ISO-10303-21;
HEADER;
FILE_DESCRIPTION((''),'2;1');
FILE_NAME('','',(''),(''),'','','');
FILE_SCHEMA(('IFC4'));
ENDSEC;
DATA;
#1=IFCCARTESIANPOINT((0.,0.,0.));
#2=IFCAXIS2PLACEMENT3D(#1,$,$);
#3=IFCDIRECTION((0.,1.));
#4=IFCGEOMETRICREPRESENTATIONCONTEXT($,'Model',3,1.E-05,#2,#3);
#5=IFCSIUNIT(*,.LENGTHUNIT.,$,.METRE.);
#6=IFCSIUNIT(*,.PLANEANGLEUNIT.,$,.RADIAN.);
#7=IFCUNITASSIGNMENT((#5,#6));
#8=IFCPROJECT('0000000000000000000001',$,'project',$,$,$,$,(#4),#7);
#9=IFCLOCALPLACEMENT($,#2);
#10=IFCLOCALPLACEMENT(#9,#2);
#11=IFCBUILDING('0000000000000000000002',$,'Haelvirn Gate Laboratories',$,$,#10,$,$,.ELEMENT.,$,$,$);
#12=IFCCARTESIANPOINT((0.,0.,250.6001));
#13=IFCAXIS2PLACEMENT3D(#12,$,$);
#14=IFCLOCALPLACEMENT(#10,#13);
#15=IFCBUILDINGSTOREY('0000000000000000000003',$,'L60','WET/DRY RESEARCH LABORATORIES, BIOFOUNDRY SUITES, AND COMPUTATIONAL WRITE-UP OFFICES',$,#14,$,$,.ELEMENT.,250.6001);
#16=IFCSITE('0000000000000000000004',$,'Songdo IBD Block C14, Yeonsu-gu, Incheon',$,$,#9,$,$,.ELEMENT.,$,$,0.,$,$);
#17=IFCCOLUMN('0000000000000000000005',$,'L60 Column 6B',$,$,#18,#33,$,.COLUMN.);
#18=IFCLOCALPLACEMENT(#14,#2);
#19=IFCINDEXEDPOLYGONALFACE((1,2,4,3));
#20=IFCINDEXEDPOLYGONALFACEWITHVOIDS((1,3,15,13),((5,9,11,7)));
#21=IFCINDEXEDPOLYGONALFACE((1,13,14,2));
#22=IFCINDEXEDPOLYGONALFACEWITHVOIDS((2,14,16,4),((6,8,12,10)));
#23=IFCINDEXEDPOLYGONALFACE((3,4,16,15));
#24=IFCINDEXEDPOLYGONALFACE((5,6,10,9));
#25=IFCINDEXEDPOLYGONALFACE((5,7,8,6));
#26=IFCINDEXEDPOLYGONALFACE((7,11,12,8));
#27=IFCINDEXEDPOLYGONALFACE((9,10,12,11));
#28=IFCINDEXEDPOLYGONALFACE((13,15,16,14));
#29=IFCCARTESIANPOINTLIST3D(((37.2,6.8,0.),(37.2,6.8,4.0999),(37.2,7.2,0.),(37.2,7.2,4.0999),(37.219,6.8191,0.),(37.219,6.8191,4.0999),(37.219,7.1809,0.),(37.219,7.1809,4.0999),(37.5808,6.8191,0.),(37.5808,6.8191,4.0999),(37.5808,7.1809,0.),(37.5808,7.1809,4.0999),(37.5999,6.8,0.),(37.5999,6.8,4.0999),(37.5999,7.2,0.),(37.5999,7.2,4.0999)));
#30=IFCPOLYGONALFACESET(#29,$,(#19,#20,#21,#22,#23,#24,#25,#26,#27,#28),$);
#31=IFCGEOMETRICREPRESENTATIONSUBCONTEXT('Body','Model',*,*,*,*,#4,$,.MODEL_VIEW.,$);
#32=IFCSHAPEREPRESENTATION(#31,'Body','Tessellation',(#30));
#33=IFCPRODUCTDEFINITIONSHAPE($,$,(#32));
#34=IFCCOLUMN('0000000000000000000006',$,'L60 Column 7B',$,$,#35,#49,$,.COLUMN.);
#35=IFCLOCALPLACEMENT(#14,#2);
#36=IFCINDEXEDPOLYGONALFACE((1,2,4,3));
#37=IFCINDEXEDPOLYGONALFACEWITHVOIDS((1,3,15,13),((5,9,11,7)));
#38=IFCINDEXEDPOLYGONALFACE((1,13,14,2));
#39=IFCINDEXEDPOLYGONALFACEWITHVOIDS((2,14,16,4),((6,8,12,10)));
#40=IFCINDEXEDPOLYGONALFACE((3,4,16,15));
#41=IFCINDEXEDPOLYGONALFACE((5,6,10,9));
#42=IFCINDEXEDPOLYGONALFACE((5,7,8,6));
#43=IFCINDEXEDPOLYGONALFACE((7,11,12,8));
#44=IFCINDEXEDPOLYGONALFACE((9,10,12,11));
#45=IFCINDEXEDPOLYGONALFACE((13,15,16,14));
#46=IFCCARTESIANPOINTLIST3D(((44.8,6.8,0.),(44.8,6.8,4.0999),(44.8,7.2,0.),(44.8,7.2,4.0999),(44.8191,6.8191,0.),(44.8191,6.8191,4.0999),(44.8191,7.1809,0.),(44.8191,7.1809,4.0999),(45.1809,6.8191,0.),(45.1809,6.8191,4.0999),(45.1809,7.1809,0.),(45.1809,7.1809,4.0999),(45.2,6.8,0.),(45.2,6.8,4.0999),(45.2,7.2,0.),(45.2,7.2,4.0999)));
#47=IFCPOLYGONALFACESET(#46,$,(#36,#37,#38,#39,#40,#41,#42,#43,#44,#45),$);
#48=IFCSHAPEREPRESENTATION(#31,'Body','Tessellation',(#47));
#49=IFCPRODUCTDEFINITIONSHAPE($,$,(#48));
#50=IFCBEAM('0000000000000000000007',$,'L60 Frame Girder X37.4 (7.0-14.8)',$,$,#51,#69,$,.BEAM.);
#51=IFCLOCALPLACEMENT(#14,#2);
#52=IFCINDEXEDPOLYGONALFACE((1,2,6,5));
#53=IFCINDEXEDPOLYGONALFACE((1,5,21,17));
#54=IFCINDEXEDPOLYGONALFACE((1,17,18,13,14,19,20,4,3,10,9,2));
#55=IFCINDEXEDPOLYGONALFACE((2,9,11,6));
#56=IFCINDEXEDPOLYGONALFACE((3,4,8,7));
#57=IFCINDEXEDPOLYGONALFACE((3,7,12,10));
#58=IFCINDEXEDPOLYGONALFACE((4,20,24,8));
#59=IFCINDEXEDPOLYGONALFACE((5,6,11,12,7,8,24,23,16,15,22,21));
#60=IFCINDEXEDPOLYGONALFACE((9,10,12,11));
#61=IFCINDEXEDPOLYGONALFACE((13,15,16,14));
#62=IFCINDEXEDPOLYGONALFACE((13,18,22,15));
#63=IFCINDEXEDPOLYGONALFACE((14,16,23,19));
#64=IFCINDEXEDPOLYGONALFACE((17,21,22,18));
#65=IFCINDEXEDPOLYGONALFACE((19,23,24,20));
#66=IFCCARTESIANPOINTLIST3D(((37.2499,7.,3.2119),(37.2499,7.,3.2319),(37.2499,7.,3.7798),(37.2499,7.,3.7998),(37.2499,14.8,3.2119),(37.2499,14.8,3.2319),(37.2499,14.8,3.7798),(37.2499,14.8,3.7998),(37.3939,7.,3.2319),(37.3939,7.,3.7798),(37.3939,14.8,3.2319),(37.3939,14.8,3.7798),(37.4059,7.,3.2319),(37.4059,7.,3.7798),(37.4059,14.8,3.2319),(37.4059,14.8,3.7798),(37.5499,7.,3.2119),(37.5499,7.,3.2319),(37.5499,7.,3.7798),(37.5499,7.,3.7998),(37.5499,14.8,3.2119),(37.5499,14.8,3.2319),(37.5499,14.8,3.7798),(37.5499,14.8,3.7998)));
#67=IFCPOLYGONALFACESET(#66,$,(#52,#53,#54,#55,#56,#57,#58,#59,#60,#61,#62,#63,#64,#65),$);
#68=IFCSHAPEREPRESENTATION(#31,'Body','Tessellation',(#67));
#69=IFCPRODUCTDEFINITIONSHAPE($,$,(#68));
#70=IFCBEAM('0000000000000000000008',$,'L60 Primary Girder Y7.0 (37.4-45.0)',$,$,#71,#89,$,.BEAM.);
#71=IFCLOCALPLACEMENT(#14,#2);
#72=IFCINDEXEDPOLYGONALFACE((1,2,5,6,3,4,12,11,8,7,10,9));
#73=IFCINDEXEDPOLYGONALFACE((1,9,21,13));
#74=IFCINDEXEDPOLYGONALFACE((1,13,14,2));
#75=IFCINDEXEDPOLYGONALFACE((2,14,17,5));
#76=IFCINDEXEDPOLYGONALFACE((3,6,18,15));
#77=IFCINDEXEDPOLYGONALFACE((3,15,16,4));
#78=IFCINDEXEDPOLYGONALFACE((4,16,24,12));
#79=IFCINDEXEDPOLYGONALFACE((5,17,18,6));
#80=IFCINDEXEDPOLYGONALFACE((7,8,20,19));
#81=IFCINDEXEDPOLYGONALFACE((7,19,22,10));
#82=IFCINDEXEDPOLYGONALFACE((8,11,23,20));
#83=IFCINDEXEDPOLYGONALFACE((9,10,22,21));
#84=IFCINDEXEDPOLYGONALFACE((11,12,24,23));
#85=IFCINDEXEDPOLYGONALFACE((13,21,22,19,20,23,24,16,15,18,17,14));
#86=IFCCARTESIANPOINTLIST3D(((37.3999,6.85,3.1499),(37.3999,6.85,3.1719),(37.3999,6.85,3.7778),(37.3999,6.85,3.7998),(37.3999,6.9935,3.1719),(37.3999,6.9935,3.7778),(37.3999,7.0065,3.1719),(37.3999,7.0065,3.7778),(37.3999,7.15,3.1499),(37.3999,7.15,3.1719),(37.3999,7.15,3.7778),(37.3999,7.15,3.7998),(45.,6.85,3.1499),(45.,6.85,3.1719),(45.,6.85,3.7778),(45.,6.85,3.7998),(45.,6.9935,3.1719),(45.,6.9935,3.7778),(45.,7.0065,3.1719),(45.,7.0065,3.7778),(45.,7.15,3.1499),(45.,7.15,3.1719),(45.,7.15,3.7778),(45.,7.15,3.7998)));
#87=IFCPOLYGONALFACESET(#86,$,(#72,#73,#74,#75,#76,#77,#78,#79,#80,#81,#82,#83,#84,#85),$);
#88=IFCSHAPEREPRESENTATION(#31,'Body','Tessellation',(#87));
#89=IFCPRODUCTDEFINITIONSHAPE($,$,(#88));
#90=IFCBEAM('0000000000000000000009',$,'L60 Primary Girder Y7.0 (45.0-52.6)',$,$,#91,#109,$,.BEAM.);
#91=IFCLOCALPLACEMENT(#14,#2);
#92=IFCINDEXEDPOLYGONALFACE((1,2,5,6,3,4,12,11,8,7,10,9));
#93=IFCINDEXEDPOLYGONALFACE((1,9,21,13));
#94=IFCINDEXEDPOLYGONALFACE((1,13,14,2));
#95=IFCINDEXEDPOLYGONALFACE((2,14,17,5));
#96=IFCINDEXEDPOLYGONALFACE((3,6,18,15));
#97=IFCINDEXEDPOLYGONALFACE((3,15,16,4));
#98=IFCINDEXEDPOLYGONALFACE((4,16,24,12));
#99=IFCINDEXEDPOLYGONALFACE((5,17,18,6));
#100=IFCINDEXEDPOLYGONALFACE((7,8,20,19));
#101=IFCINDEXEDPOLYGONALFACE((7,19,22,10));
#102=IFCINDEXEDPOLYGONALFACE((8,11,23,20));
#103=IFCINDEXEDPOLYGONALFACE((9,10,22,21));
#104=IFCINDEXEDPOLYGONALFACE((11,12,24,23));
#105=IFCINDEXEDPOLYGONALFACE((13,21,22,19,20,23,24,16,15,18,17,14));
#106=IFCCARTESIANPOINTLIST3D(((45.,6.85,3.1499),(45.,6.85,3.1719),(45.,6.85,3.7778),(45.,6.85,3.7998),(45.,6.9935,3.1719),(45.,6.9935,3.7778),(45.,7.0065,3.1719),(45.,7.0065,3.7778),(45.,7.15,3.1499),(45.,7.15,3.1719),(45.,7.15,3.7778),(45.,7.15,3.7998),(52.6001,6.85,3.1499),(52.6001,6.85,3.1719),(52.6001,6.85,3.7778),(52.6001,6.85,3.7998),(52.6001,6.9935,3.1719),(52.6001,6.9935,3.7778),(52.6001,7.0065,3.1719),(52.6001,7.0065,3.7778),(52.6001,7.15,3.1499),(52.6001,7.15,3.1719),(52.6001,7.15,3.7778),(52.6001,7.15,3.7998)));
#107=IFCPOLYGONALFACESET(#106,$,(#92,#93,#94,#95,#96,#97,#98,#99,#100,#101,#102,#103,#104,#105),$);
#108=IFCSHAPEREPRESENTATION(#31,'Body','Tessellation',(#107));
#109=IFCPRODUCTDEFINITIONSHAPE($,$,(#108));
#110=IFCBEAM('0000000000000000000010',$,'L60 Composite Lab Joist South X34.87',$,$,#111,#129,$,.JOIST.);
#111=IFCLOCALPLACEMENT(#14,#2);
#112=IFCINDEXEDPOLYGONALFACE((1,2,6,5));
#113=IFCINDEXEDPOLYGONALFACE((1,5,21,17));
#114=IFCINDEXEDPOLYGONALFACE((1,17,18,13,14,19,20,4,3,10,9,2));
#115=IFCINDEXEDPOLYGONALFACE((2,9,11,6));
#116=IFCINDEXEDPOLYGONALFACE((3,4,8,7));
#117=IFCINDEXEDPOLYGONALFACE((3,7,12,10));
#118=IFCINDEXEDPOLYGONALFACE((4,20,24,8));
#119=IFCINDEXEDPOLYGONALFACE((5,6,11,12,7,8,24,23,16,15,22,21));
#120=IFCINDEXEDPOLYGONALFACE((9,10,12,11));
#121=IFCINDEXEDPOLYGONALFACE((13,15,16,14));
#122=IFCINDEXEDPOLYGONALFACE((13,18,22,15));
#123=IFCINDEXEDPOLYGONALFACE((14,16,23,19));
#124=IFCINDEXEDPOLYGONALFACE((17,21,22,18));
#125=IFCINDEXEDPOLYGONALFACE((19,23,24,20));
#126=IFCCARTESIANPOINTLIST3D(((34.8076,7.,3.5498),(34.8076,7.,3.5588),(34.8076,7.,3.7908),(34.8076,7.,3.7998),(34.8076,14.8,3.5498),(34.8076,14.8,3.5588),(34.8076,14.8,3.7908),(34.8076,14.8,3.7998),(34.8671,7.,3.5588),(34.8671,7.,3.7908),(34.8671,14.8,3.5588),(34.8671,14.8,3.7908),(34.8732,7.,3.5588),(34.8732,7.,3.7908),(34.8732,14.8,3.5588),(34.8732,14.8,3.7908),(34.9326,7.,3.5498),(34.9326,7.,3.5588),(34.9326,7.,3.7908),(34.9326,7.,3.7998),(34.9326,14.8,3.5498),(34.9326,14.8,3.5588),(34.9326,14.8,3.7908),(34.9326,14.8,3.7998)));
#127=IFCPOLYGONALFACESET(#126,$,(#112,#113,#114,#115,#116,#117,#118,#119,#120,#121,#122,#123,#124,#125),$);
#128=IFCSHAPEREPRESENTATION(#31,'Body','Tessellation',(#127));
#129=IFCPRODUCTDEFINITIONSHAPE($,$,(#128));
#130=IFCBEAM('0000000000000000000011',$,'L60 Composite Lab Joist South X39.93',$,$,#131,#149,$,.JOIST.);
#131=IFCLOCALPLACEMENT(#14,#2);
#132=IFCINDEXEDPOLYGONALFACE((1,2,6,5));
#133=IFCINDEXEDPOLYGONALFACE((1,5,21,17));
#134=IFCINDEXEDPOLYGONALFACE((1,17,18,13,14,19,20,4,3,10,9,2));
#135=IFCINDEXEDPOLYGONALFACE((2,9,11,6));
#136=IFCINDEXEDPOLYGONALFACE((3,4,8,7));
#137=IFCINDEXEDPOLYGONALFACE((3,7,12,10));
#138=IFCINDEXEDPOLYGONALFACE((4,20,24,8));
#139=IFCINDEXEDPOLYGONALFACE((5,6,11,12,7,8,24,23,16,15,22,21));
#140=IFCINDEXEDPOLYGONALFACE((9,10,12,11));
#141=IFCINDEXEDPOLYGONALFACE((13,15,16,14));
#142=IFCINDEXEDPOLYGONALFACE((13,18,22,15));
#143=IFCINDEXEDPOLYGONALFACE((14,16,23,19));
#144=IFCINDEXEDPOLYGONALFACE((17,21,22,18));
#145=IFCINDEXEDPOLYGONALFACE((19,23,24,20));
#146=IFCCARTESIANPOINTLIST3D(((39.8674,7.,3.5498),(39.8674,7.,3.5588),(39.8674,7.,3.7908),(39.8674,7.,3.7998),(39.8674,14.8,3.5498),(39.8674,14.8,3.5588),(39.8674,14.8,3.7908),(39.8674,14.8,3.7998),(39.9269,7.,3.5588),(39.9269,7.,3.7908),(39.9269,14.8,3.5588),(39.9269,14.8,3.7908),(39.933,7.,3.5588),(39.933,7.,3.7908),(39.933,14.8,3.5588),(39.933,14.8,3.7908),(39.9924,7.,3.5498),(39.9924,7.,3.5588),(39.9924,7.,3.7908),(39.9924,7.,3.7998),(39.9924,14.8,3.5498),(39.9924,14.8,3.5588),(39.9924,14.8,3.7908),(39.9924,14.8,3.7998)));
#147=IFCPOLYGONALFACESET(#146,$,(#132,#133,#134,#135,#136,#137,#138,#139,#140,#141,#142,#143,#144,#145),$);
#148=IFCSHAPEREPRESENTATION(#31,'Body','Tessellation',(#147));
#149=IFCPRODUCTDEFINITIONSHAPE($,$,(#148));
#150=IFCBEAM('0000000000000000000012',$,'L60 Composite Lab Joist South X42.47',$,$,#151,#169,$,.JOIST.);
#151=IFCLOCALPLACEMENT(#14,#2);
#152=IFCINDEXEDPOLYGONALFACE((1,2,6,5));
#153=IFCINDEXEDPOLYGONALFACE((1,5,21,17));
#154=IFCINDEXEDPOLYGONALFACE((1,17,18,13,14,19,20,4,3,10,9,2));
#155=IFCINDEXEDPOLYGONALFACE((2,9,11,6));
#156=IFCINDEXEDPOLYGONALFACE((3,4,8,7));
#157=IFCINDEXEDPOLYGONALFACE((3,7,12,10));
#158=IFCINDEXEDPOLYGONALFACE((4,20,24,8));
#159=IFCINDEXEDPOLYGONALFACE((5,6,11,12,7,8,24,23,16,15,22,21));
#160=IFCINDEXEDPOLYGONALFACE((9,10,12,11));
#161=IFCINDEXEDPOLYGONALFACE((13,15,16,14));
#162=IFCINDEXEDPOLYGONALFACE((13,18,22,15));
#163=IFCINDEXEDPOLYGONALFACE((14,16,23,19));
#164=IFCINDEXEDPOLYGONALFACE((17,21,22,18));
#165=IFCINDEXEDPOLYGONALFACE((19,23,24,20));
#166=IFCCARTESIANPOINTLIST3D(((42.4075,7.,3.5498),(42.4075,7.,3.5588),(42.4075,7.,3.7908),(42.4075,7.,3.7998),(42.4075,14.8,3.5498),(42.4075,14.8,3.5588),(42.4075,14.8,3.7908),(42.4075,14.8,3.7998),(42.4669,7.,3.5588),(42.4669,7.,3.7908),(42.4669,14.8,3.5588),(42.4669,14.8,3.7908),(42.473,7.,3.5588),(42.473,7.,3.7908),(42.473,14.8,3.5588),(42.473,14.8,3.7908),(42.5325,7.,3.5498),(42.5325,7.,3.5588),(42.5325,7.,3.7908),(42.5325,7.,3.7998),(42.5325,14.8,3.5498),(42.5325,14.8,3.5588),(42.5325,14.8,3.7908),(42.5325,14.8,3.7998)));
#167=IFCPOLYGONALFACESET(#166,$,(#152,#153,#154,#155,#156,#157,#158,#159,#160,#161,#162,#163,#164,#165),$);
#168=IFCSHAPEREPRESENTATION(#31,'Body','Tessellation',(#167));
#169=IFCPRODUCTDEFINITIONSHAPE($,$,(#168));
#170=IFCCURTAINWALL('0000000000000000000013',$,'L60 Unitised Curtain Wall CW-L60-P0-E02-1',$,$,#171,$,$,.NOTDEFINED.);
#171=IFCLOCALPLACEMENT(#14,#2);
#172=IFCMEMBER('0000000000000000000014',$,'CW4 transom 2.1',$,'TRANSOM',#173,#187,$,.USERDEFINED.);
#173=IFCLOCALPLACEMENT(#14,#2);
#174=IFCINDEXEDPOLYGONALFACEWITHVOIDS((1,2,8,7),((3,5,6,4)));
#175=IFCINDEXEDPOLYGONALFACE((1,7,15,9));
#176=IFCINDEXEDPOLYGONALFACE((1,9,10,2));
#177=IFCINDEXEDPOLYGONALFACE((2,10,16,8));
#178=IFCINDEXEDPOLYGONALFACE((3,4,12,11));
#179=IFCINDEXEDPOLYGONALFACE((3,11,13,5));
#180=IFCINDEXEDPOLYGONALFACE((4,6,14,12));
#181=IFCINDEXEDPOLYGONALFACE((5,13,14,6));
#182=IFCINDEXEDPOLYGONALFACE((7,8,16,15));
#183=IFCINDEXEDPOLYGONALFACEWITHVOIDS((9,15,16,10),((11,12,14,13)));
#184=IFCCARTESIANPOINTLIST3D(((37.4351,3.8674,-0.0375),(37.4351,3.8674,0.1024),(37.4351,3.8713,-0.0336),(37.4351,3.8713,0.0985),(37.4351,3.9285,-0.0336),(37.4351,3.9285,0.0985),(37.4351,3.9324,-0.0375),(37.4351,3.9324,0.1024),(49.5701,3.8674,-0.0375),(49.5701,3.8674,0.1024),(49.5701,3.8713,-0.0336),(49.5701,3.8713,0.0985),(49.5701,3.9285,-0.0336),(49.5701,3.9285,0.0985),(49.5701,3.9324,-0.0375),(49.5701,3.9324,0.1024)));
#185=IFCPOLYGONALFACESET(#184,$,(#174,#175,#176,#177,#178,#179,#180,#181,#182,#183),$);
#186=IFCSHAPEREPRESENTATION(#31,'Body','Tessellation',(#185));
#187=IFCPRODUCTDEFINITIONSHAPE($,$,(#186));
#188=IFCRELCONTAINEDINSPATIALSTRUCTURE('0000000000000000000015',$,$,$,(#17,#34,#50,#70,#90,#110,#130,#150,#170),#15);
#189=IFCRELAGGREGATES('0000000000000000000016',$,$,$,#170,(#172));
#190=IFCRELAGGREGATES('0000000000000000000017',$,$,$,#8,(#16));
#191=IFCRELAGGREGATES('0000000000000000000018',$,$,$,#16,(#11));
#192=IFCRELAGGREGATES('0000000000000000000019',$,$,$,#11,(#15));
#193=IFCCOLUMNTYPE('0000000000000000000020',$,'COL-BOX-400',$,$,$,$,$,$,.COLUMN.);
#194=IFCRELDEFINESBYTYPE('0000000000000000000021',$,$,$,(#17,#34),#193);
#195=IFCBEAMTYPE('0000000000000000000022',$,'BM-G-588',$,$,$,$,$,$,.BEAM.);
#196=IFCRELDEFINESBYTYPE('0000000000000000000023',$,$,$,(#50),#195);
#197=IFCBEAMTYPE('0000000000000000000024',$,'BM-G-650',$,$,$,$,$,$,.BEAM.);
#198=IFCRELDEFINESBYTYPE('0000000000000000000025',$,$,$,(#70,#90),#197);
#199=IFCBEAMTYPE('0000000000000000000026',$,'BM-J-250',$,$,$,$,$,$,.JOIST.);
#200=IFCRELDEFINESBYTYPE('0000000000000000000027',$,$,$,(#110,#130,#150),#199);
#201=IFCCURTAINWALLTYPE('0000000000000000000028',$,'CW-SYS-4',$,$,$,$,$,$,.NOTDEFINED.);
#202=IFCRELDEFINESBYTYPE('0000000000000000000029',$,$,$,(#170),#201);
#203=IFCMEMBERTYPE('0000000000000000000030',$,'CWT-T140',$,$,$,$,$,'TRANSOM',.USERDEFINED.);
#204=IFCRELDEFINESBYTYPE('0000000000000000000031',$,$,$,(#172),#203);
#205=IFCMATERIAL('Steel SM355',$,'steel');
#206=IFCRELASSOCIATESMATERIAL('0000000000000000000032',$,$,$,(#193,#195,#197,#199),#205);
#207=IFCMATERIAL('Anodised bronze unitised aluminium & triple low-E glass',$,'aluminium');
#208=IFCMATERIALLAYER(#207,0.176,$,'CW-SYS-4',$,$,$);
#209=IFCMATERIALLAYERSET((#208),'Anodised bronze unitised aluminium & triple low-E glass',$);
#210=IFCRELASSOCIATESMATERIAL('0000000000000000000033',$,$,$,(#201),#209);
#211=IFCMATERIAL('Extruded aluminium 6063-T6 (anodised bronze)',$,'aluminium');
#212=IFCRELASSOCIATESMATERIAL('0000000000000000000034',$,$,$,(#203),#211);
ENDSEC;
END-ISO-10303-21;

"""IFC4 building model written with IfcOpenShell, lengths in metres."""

from ifc_helpers import new_model, si_unit, direction, frame, origin, origin_2d, place, context, subcontext, project, spatial, hollow_rectangle, i_section, extrude, source, transform, mapped, material, layer, layer_set, material_profile, profile_set, type_object, type_shapes, element, aggregate, save


model = new_model("IFC4")

# Units and contexts
model_context = context("Model", 3, precision=1e-05, world=origin(), true_north=direction((0.0, 1.0)))
body_context = subcontext(model_context, "Body", "Model", "MODEL_VIEW")
ifc_project = project(units=[si_unit("LENGTHUNIT", "METRE"), si_unit("PLANEANGLEUNIT", "RADIAN")], contexts=[model_context])

# Site, building, storey
site_placement = place(None, origin())
site = spatial("IfcSite", under=ifc_project, at=site_placement, Name="Songdo IBD Block C14, Yeonsu-gu, Incheon", CompositionType="ELEMENT", RefElevation=0.0)
building_placement = place(site_placement, origin())
building = spatial("IfcBuilding", under=site, at=building_placement, Name="Haelvirn Gate Laboratories", CompositionType="ELEMENT")
storey_placement = place(building_placement, frame((0.0, 0.0, 250.6001)))
storey = spatial("IfcBuildingStorey", under=building, at=storey_placement, Name="L60", Description="WET/DRY RESEARCH LABORATORIES, BIOFOUNDRY SUITES, AND COMPUTATIONAL WRITE-UP OFFICES", CompositionType="ELEMENT", Elevation=250.6001)

# Columns
ifc_material_1 = material(Name="Steel SM355", Category="steel")
ifc_material_profile_1 = material_profile(ifc_material_1, hollow_rectangle(XDim=0.3999, YDim=0.3999, WallThickness=0.019, at=origin_2d()), Name="BOX-400x400x19")
ifc_profile_set_1 = profile_set([ifc_material_profile_1], Name="Steel SM355")
column_type = type_object("IfcColumnType", Name="COL-BOX-400", PredefinedType="COLUMN", material=ifc_profile_set_1)
shared_shape_1 = source(origin(), body_context, "Body", "SweptSolid", [
    extrude(hollow_rectangle(XDim=0.3999, YDim=0.3999, WallThickness=0.019, at=origin_2d()), origin(), (0.0, 0.0, 1.0), 4.0999),
])
type_shapes(column_type, [shared_shape_1])
for number, where, z_axis, x_axis, name in (
    (1, (37.3999, 7.0, 0.0), (0.0, 0.0, 1.0), (1.0, 0.0, 0.0), "L60 Column 6B"),
    (2, (45.0, 7.0, 0.0), (0.0, 0.0, 1.0), (1.0, 0.0, 0.0), "L60 Column 7B"),
):
    element("IfcColumn", number, at=place(storey_placement, frame(where, z_axis=z_axis, x_axis=x_axis)), inside=storey, type_object=column_type, Name=name, PredefinedType="COLUMN", context=body_context, shape_type="MappedRepresentation", body=[
        mapped(shared_shape_1, transform((0.0, 0.0, 0.0), scale=1.0)),
    ])

# Beams
ifc_material_profile_2 = material_profile(ifc_material_1, i_section(OverallWidth=0.3, OverallDepth=0.5879, WebThickness=0.012, FlangeThickness=0.02, at=origin_2d()), Name="H-588x300x12x20")
ifc_profile_set_2 = profile_set([ifc_material_profile_2], Name="Steel SM355")
beam_type_1 = type_object("IfcBeamType", Name="BM-G-588", PredefinedType="BEAM", material=ifc_profile_set_2)
shared_shape_2 = source(origin(), body_context, "Body", "SweptSolid", [
    extrude(i_section(OverallWidth=0.3, OverallDepth=0.5879, WebThickness=0.012, FlangeThickness=0.02, at=origin_2d()), origin(), (0.0, 0.0, 1.0), 7.8),
])
type_shapes(beam_type_1, [shared_shape_2])
beam_placement = place(storey_placement, frame((37.3999, 7.0, 3.5059), z_axis=(0.0, 1.0, 0.0), x_axis=(-1.0, 0.0, 0.0)))
element("IfcBeam", 3, at=beam_placement, inside=storey, type_object=beam_type_1, Name="L60 Frame Girder X37.4 (7.0-14.8)", PredefinedType="BEAM", context=body_context, shape_type="MappedRepresentation", body=[
    mapped(shared_shape_2, transform((0.0, 0.0, 0.0), scale=1.0)),
])
ifc_material_profile_3 = material_profile(ifc_material_1, i_section(OverallWidth=0.3, OverallDepth=0.6499, WebThickness=0.0129, FlangeThickness=0.022, at=origin_2d()), Name="H-650x300x13x22")
ifc_profile_set_3 = profile_set([ifc_material_profile_3], Name="Steel SM355")
beam_type_2 = type_object("IfcBeamType", Name="BM-G-650", PredefinedType="BEAM", material=ifc_profile_set_3)
shared_shape_3 = source(origin(), body_context, "Body", "SweptSolid", [
    extrude(i_section(OverallWidth=0.3, OverallDepth=0.6499, WebThickness=0.0129, FlangeThickness=0.022, at=origin_2d()), origin(), (0.0, 0.0, 1.0), 7.6001),
])
type_shapes(beam_type_2, [shared_shape_3])
for number, where, z_axis, x_axis, name in (
    (4, (37.3999, 7.0, 3.4749), (1.0, 0.0, 0.0), (0.0, 1.0, 0.0), "L60 Primary Girder Y7.0 (37.4-45.0)"),
    (5, (45.0, 7.0, 3.4749), (1.0, 0.0, 0.0), (0.0, 1.0, 0.0), "L60 Primary Girder Y7.0 (45.0-52.6)"),
):
    element("IfcBeam", number, at=place(storey_placement, frame(where, z_axis=z_axis, x_axis=x_axis)), inside=storey, type_object=beam_type_2, Name=name, PredefinedType="BEAM", context=body_context, shape_type="MappedRepresentation", body=[
        mapped(shared_shape_3, transform((0.0, 0.0, 0.0), scale=1.0)),
    ])
ifc_material_profile_4 = material_profile(ifc_material_1, i_section(OverallWidth=0.125, OverallDepth=0.25, WebThickness=0.0061, FlangeThickness=0.009, at=origin_2d()), Name="H-250x125x6x9")
ifc_profile_set_4 = profile_set([ifc_material_profile_4], Name="Steel SM355")
beam_type_3 = type_object("IfcBeamType", Name="BM-J-250", PredefinedType="JOIST", material=ifc_profile_set_4)
shared_shape_4 = source(origin(), body_context, "Body", "SweptSolid", [
    extrude(i_section(OverallWidth=0.125, OverallDepth=0.25, WebThickness=0.0061, FlangeThickness=0.009, at=origin_2d()), origin(), (0.0, 0.0, 1.0), 7.8),
])
type_shapes(beam_type_3, [shared_shape_4])
for number, where, z_axis, x_axis, name in (
    (6, (34.8701, 7.0, 3.6748), (0.0, 1.0, 0.0), (-1.0, 0.0, 0.0), "L60 Composite Lab Joist South X34.87"),
    (7, (39.9299, 7.0, 3.6748), (0.0, 1.0, 0.0), (-1.0, 0.0, 0.0), "L60 Composite Lab Joist South X39.93"),
    (8, (42.47, 7.0, 3.6748), (0.0, 1.0, 0.0), (-1.0, 0.0, 0.0), "L60 Composite Lab Joist South X42.47"),
):
    element("IfcBeam", number, at=place(storey_placement, frame(where, z_axis=z_axis, x_axis=x_axis)), inside=storey, type_object=beam_type_3, Name=name, PredefinedType="JOIST", context=body_context, shape_type="MappedRepresentation", body=[
        mapped(shared_shape_4, transform((0.0, 0.0, 0.0), scale=1.0)),
    ])

# Curtain wall, member
ifc_material_2 = material(Name="Anodised bronze unitised aluminium & triple low-E glass", Category="aluminium")
ifc_layer_1 = layer(ifc_material_2, 0.176, Name="CW-SYS-4")
ifc_layer_set_1 = layer_set([ifc_layer_1], Name="Anodised bronze unitised aluminium & triple low-E glass")
curtain_wall_type = type_object("IfcCurtainWallType", Name="CW-SYS-4", PredefinedType="NOTDEFINED", material=ifc_layer_set_1)
curtain_wall_1_placement = place(storey_placement, origin())
curtain_wall_1 = element("IfcCurtainWall", 9, at=curtain_wall_1_placement, inside=storey, type_object=curtain_wall_type, Name="L60 Unitised Curtain Wall CW-L60-P0-E02-1", PredefinedType="NOTDEFINED")
ifc_material_3 = material(Name="Extruded aluminium 6063-T6 (anodised bronze)", Category="aluminium")
ifc_material_profile_5 = material_profile(ifc_material_3, hollow_rectangle(XDim=0.0649, YDim=0.1399, WallThickness=0.0039, at=origin_2d()), Name="CWT-140x65x4")
ifc_profile_set_5 = profile_set([ifc_material_profile_5], Name="Extruded aluminium 6063-T6 (anodised bronze)")
member_type_1 = type_object("IfcMemberType", Name="CWT-T140", ElementType="TRANSOM", PredefinedType="USERDEFINED", material=ifc_profile_set_5)
shared_shape_5 = source(origin(), body_context, "Body", "SweptSolid", [
    extrude(hollow_rectangle(XDim=0.0649, YDim=0.1399, WallThickness=0.0039, at=origin_2d()), origin(), (0.0, 0.0, 1.0), 12.135),
])
member_1_placement = place(storey_placement, frame((37.4351, 3.8999, 0.0325), z_axis=(1.0, 0.0, 0.0), x_axis=(0.0, 1.0, 0.0)))
member_1 = element("IfcMember", 10, at=member_1_placement, type_object=member_type_1, Name="CW4 transom 2.1", ObjectType="TRANSOM", PredefinedType="USERDEFINED", context=body_context, shape_type="MappedRepresentation", body=[
    mapped(shared_shape_5, transform((0.0, 0.0, 0.0), scale=1.0)),
])

aggregate(curtain_wall_1, [member_1])

save(model, "model.ifc")
